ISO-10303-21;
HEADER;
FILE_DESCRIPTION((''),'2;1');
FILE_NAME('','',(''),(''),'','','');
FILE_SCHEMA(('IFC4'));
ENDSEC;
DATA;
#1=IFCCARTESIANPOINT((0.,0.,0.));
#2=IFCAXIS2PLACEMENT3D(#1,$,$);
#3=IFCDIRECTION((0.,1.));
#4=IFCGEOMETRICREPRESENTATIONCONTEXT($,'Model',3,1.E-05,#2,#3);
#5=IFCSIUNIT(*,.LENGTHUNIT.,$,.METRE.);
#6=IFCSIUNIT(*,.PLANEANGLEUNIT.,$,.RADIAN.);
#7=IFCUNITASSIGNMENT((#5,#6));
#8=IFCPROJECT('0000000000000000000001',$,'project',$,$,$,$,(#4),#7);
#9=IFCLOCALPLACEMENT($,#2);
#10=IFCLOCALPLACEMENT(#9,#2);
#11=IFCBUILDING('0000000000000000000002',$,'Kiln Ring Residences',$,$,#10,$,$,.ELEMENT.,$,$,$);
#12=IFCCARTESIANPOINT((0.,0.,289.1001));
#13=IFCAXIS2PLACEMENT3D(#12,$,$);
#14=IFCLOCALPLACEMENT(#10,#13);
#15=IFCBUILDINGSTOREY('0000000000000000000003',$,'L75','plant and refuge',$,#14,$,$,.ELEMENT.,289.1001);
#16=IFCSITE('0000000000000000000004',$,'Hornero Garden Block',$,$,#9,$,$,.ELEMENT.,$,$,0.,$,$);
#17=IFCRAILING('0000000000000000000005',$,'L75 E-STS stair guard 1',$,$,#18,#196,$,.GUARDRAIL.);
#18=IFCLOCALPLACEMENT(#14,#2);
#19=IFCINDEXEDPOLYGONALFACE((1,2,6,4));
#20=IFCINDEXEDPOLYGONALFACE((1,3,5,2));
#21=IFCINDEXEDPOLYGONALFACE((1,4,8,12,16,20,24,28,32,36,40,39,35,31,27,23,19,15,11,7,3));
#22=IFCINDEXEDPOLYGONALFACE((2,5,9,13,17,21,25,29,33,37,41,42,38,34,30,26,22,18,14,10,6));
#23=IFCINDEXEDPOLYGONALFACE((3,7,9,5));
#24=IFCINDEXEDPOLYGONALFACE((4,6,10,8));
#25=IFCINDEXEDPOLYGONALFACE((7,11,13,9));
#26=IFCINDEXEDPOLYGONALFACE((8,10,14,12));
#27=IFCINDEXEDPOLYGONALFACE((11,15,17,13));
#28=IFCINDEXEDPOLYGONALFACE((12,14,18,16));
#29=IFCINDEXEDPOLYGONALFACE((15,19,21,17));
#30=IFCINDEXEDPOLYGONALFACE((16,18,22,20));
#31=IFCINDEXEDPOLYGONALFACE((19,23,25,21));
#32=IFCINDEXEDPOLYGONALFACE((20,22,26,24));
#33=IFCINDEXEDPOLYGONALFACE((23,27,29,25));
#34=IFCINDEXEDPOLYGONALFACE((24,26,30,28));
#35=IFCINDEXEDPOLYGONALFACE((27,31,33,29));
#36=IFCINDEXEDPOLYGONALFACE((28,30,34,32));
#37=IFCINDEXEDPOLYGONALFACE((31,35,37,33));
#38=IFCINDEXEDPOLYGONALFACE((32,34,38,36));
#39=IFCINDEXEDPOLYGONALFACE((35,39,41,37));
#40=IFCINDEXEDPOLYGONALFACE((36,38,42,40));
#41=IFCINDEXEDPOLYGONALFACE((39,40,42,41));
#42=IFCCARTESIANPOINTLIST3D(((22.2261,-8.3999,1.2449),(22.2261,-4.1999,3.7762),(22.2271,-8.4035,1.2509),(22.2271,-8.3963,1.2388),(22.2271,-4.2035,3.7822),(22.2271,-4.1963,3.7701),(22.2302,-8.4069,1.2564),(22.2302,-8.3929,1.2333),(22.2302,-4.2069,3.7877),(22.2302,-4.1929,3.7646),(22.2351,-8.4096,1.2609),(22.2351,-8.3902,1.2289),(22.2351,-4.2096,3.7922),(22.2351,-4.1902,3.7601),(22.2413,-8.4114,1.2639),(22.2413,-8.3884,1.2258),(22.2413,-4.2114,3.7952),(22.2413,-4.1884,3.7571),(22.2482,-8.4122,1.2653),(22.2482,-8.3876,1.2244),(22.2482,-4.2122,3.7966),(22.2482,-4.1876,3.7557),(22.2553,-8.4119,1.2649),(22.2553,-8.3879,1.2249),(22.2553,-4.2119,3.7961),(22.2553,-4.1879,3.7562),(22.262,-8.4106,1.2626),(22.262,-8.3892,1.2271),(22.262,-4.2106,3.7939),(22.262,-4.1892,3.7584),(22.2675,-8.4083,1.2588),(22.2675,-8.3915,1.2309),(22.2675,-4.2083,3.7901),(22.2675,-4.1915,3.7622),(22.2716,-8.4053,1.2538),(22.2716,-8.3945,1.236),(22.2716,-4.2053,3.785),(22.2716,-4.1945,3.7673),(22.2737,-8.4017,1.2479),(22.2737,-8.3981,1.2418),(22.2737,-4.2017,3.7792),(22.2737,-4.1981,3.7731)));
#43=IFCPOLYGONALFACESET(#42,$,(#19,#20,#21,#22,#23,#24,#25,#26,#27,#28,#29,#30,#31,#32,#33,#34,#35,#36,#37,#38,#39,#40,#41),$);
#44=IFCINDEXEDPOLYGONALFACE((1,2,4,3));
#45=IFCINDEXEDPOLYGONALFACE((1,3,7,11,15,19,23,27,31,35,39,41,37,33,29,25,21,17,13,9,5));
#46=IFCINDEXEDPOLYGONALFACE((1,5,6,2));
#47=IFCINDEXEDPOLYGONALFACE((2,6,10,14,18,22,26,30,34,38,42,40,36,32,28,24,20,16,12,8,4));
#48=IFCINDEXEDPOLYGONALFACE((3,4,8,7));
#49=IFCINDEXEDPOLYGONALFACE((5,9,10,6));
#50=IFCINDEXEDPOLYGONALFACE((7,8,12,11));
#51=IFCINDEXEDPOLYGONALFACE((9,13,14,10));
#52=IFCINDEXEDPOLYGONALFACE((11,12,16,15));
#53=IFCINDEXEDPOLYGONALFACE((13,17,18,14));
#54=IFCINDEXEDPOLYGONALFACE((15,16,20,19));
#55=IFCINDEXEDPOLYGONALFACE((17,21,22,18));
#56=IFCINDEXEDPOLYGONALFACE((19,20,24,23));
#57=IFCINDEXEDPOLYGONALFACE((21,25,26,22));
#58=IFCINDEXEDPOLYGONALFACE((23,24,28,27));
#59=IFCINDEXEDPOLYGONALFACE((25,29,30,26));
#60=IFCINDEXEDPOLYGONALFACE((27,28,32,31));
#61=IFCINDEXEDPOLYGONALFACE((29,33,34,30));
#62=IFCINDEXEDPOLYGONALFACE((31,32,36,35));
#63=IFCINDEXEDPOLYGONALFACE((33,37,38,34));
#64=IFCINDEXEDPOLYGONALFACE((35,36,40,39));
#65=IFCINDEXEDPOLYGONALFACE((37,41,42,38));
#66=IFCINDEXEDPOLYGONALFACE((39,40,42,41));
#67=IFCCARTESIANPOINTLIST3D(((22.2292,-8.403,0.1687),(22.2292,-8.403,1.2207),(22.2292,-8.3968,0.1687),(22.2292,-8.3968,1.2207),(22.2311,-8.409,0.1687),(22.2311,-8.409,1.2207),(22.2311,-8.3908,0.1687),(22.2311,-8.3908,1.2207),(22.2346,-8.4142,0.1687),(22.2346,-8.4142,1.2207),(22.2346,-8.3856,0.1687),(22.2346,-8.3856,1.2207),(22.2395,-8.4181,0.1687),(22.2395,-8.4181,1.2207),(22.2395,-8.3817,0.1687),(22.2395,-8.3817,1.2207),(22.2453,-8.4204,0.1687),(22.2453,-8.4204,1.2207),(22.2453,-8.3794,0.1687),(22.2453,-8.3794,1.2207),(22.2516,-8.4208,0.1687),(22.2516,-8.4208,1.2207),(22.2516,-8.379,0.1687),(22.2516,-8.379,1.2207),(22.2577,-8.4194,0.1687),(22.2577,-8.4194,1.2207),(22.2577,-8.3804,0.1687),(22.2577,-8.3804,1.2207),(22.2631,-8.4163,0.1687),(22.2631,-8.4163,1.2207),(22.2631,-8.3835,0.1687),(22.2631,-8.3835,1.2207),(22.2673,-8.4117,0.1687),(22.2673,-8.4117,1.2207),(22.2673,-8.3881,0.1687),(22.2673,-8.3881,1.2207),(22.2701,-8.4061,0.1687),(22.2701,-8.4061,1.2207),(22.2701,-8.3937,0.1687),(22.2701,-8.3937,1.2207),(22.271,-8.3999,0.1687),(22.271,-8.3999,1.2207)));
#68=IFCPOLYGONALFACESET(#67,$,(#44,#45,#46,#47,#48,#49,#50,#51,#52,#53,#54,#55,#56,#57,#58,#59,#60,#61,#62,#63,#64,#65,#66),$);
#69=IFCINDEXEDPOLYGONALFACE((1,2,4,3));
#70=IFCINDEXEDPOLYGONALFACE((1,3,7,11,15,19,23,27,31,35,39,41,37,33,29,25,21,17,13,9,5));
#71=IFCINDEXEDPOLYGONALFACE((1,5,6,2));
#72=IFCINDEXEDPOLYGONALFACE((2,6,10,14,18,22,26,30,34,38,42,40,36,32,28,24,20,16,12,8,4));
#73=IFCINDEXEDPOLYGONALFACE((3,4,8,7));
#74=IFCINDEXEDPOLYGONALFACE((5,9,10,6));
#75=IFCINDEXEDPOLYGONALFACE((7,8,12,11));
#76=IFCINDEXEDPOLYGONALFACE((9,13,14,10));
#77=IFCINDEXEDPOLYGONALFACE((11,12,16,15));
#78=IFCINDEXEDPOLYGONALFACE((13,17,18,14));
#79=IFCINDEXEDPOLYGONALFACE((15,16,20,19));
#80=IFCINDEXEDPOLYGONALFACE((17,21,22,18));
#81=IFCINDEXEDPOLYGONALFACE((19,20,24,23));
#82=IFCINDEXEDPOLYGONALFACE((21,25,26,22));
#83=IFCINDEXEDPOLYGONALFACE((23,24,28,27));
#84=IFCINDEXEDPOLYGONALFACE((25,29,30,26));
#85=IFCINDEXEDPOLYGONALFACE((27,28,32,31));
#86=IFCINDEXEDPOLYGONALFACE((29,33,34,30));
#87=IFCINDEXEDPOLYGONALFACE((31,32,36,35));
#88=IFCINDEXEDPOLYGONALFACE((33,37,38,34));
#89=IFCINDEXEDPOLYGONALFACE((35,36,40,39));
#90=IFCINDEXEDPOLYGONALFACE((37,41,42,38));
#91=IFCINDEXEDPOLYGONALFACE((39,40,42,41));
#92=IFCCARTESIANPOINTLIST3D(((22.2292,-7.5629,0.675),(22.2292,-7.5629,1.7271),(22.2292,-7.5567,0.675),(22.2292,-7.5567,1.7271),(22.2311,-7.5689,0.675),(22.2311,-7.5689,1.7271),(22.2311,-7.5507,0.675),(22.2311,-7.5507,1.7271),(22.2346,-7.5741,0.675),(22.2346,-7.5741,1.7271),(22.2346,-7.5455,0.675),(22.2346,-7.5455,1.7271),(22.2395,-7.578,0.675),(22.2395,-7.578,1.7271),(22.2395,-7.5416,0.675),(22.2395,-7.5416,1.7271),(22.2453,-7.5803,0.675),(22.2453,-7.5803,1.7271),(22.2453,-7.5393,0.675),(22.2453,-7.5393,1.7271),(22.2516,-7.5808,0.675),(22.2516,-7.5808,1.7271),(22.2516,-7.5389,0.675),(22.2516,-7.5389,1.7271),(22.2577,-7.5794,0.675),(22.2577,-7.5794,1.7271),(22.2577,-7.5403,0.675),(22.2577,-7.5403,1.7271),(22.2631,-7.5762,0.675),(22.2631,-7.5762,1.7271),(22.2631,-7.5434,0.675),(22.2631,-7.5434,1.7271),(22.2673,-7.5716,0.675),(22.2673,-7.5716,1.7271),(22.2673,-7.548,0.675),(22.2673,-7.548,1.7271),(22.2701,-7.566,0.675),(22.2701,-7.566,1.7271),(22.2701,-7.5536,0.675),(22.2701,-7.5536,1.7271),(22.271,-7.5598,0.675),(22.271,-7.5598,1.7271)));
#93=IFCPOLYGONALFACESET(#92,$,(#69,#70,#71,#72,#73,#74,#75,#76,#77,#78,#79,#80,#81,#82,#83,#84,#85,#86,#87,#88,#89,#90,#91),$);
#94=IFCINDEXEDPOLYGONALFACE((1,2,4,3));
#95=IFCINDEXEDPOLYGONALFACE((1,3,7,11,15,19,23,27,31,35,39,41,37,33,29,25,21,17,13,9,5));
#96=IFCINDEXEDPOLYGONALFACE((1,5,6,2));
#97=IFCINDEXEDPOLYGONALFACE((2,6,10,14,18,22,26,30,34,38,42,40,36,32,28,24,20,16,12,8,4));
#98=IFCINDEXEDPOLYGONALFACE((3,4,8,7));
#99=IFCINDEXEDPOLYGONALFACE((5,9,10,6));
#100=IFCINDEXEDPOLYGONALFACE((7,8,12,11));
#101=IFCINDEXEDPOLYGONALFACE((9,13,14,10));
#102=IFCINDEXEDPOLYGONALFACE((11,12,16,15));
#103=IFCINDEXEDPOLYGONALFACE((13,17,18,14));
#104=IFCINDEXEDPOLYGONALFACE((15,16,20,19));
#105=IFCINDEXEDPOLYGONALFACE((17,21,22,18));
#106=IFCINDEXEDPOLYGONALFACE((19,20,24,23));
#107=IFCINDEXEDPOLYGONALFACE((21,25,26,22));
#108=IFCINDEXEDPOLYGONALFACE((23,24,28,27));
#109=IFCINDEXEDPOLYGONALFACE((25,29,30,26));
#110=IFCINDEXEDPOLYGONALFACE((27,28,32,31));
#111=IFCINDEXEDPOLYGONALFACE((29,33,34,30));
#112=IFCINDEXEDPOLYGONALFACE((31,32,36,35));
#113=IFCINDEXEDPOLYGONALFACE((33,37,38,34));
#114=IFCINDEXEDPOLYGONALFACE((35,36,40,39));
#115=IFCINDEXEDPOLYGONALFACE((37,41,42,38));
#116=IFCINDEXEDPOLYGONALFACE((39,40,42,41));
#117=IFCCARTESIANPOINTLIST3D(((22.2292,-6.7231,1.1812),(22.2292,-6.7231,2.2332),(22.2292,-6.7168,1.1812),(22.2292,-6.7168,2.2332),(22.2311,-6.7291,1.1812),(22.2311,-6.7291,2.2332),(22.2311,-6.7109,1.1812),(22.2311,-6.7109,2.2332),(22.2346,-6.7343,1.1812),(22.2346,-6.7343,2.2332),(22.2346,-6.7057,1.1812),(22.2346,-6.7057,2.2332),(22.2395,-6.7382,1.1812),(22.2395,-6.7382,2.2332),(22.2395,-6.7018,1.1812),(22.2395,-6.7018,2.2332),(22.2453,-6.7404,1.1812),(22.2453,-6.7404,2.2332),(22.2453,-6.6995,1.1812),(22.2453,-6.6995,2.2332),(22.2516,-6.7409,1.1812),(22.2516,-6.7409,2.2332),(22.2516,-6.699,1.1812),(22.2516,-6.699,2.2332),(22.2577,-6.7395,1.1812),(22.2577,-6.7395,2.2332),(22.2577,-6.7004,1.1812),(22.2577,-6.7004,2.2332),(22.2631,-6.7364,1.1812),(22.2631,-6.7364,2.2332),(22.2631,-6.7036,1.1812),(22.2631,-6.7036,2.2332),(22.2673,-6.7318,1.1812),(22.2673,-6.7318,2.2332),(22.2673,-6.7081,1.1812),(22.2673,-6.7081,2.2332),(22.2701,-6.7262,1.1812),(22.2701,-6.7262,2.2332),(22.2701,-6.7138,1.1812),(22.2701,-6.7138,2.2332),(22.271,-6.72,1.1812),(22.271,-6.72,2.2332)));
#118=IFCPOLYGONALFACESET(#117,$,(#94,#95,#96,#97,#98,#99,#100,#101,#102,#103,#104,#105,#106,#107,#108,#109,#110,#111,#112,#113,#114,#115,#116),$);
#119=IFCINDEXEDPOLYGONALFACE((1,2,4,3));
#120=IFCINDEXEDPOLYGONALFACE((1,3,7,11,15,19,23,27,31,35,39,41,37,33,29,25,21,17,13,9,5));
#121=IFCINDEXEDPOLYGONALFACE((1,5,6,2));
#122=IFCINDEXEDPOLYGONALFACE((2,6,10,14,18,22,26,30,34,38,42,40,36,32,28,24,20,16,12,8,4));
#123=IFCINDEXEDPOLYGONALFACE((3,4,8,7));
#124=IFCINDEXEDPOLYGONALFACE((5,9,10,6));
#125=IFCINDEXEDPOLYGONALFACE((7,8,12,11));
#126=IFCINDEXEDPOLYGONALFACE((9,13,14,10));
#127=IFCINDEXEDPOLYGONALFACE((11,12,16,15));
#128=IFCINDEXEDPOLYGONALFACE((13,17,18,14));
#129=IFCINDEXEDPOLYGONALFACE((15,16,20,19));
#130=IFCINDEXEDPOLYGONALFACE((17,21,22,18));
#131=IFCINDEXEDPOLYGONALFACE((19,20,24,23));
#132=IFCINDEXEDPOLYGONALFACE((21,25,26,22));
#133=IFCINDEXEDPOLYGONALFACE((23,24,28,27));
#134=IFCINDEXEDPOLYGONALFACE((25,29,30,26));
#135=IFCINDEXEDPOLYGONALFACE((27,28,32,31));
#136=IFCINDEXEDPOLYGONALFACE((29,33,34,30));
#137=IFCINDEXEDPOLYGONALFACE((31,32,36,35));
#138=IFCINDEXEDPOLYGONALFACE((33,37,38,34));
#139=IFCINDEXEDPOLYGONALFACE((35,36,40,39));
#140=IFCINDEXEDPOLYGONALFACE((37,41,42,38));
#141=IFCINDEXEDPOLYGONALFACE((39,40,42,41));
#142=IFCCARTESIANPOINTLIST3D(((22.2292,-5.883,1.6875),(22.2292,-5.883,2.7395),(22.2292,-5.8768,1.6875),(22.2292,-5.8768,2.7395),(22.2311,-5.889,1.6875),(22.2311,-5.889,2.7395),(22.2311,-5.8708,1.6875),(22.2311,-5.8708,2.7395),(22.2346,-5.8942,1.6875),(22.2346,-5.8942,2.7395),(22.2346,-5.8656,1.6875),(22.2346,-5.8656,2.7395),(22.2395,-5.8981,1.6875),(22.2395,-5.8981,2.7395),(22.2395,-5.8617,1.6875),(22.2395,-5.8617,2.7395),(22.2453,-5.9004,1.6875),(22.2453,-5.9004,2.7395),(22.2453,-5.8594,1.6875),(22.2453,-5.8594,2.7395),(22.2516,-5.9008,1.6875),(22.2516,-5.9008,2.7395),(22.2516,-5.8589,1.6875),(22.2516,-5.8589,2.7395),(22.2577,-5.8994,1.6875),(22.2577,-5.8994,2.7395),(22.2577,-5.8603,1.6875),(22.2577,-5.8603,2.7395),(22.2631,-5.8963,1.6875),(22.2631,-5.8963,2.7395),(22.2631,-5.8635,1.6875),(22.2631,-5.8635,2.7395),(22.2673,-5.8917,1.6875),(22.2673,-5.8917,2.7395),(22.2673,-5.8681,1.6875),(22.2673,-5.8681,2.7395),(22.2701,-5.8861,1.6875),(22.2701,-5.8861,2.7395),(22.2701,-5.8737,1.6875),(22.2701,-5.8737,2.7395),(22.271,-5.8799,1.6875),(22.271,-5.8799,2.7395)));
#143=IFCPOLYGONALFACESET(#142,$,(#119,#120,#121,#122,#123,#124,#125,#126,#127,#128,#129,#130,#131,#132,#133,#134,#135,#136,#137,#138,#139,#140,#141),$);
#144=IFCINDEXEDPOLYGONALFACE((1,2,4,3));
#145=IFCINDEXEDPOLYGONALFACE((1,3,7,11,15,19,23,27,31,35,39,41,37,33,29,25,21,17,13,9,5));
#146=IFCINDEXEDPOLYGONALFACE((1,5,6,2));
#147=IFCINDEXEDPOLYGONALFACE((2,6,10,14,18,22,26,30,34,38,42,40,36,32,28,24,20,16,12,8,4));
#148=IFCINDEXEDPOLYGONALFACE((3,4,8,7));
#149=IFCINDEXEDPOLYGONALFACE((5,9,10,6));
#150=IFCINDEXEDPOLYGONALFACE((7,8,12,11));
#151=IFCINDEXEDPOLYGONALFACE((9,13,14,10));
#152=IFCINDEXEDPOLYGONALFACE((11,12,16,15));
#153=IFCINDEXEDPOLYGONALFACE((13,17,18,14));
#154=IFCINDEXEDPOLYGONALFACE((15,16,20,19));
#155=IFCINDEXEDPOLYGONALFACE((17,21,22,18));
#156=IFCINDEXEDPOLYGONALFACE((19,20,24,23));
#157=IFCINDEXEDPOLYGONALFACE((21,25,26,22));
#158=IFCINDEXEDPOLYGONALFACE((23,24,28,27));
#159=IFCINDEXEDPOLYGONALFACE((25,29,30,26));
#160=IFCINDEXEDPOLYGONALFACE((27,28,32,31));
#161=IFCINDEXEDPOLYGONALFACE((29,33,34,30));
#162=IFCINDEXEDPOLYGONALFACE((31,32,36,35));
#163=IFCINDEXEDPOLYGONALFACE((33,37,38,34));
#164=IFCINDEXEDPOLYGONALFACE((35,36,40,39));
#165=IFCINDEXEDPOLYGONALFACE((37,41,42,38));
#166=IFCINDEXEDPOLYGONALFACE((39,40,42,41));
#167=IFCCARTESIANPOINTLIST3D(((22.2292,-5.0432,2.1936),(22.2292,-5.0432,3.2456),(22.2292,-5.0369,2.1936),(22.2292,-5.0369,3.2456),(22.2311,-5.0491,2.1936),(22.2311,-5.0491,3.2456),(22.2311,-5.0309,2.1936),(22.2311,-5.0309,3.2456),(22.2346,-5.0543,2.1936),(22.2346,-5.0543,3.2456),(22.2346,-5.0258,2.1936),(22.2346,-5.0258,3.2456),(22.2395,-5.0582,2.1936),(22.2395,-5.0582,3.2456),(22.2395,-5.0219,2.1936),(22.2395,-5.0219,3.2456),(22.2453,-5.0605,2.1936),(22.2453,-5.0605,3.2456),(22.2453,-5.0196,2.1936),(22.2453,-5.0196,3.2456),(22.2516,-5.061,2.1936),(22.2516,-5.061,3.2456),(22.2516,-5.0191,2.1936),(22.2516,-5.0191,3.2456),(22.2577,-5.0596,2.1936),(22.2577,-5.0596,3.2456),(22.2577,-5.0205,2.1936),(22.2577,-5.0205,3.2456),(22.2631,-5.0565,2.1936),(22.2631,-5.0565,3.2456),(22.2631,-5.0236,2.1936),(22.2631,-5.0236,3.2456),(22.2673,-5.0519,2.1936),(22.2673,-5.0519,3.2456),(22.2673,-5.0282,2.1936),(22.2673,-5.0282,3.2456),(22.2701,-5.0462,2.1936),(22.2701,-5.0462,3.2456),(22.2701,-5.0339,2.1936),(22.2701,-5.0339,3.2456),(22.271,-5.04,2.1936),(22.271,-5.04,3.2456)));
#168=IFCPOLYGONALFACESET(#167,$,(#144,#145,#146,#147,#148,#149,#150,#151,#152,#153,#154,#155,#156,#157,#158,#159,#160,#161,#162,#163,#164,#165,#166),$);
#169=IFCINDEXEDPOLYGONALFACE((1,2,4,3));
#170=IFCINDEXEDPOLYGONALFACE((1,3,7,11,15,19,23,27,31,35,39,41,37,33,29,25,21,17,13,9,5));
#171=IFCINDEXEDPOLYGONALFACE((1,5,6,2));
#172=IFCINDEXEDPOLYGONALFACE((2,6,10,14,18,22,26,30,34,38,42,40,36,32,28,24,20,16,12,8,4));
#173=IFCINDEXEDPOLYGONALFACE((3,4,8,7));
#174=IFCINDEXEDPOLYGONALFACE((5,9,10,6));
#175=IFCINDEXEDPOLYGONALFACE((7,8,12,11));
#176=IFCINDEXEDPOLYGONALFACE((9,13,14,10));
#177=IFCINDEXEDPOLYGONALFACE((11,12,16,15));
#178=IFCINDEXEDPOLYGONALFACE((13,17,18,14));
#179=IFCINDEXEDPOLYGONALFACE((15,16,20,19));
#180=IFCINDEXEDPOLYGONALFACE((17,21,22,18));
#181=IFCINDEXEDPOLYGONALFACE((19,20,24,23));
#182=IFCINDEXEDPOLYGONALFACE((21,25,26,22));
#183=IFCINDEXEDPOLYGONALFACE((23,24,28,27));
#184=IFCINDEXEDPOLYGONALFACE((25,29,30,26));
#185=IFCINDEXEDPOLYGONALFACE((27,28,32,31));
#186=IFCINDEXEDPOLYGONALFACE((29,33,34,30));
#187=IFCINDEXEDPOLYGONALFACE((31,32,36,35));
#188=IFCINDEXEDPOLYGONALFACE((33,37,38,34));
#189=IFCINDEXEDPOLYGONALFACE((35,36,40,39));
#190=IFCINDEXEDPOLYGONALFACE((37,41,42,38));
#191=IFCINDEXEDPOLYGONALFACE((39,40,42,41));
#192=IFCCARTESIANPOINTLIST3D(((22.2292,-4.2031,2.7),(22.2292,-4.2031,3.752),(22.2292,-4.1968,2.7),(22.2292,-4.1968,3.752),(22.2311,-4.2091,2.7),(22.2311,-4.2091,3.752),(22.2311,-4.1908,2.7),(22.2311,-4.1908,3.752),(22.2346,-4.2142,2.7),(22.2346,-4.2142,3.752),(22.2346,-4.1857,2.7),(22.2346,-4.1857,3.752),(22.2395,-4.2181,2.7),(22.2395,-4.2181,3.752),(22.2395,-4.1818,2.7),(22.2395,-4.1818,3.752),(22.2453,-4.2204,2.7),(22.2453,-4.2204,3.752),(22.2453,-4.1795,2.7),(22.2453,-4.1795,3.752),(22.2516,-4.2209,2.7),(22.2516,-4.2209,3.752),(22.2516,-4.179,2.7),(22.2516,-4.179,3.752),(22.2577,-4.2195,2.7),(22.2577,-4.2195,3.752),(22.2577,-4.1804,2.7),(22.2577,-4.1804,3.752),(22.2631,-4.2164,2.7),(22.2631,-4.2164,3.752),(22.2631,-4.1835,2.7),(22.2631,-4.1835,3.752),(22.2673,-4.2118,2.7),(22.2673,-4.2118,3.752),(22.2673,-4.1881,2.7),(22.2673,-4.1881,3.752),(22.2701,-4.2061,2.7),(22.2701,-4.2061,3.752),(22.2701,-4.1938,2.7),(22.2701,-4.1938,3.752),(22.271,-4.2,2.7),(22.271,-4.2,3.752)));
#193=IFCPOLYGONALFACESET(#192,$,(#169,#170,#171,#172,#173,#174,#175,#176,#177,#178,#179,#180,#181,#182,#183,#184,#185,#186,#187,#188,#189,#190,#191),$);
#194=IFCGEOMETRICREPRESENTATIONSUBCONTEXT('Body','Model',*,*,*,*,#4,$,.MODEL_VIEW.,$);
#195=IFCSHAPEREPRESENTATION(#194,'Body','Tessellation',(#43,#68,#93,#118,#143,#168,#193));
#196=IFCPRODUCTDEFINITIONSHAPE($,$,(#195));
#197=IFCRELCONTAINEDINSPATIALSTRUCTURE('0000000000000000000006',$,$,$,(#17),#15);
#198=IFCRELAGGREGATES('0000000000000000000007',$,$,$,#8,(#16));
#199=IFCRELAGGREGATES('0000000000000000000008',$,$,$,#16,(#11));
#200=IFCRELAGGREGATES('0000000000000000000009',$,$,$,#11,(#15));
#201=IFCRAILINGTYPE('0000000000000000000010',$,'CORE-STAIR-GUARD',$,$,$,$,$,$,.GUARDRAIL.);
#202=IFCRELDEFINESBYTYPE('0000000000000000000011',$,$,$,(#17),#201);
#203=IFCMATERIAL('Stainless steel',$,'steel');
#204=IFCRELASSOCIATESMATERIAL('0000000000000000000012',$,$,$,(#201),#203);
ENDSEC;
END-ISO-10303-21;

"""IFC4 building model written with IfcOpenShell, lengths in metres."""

from ifc_helpers import new_model, si_unit, direction, frame, origin, origin_2d, place, context, subcontext, project, spatial, circle, extrude, material, type_object, element, save


model = new_model("IFC4")

# Units and contexts
model_context = context("Model", 3, precision=1e-05, world=origin(), true_north=direction((0.0, 1.0)))
body_context = subcontext(model_context, "Body", "Model", "MODEL_VIEW")
ifc_project = project(units=[si_unit("LENGTHUNIT", "METRE"), si_unit("PLANEANGLEUNIT", "RADIAN")], contexts=[model_context])

# Site, building, storey
site_placement = place(None, origin())
site = spatial("IfcSite", under=ifc_project, at=site_placement, Name="Hornero Garden Block", CompositionType="ELEMENT", RefElevation=0.0)
building_placement = place(site_placement, origin())
building = spatial("IfcBuilding", under=site, at=building_placement, Name="Kiln Ring Residences", CompositionType="ELEMENT")
storey_placement = place(building_placement, frame((0.0, 0.0, 289.1001)))
storey = spatial("IfcBuildingStorey", under=building, at=storey_placement, Name="L75", Description="plant and refuge", CompositionType="ELEMENT", Elevation=289.1001)

# Railing
ifc_material_1 = material(Name="Stainless steel", Category="steel")
railing_type_1 = type_object("IfcRailingType", Name="CORE-STAIR-GUARD", PredefinedType="GUARDRAIL", material=ifc_material_1)
railing_1_placement = place(storey_placement, frame((22.25, -8.3999, 0.1687)))
element("IfcRailing", 1, at=railing_1_placement, inside=storey, type_object=railing_type_1, Name="L75 E-STS stair guard 1", PredefinedType="GUARDRAIL", context=body_context, shape_type="SweptSolid", body=[
    extrude(circle(Radius=0.0239, at=origin_2d()), frame((0.0, 0.0, 1.0762), z_axis=(0.0, 0.856476, 0.516186), x_axis=(-1.0, 0.0, 0.0)), (0.0, 0.0, 1.0), 4.9038),
    extrude(circle(Radius=0.021, at=origin_2d()), origin(), (0.0, 0.0, 1.0), 1.052),
    extrude(circle(Radius=0.021, at=origin_2d()), frame((0.0, 0.8401, 0.5063)), (0.0, 0.0, 1.0), 1.052),
    extrude(circle(Radius=0.021, at=origin_2d()), frame((0.0, 1.6799, 1.0125)), (0.0, 0.0, 1.0), 1.052),
    extrude(circle(Radius=0.021, at=origin_2d()), frame((0.0, 2.52, 1.5188)), (0.0, 0.0, 1.0), 1.052),
    extrude(circle(Radius=0.021, at=origin_2d()), frame((0.0, 3.3599, 2.0249)), (0.0, 0.0, 1.0), 1.052),
    extrude(circle(Radius=0.021, at=origin_2d()), frame((0.0, 4.2, 2.5312)), (0.0, 0.0, 1.0), 1.052),
])

save(model, "model.ifc")
